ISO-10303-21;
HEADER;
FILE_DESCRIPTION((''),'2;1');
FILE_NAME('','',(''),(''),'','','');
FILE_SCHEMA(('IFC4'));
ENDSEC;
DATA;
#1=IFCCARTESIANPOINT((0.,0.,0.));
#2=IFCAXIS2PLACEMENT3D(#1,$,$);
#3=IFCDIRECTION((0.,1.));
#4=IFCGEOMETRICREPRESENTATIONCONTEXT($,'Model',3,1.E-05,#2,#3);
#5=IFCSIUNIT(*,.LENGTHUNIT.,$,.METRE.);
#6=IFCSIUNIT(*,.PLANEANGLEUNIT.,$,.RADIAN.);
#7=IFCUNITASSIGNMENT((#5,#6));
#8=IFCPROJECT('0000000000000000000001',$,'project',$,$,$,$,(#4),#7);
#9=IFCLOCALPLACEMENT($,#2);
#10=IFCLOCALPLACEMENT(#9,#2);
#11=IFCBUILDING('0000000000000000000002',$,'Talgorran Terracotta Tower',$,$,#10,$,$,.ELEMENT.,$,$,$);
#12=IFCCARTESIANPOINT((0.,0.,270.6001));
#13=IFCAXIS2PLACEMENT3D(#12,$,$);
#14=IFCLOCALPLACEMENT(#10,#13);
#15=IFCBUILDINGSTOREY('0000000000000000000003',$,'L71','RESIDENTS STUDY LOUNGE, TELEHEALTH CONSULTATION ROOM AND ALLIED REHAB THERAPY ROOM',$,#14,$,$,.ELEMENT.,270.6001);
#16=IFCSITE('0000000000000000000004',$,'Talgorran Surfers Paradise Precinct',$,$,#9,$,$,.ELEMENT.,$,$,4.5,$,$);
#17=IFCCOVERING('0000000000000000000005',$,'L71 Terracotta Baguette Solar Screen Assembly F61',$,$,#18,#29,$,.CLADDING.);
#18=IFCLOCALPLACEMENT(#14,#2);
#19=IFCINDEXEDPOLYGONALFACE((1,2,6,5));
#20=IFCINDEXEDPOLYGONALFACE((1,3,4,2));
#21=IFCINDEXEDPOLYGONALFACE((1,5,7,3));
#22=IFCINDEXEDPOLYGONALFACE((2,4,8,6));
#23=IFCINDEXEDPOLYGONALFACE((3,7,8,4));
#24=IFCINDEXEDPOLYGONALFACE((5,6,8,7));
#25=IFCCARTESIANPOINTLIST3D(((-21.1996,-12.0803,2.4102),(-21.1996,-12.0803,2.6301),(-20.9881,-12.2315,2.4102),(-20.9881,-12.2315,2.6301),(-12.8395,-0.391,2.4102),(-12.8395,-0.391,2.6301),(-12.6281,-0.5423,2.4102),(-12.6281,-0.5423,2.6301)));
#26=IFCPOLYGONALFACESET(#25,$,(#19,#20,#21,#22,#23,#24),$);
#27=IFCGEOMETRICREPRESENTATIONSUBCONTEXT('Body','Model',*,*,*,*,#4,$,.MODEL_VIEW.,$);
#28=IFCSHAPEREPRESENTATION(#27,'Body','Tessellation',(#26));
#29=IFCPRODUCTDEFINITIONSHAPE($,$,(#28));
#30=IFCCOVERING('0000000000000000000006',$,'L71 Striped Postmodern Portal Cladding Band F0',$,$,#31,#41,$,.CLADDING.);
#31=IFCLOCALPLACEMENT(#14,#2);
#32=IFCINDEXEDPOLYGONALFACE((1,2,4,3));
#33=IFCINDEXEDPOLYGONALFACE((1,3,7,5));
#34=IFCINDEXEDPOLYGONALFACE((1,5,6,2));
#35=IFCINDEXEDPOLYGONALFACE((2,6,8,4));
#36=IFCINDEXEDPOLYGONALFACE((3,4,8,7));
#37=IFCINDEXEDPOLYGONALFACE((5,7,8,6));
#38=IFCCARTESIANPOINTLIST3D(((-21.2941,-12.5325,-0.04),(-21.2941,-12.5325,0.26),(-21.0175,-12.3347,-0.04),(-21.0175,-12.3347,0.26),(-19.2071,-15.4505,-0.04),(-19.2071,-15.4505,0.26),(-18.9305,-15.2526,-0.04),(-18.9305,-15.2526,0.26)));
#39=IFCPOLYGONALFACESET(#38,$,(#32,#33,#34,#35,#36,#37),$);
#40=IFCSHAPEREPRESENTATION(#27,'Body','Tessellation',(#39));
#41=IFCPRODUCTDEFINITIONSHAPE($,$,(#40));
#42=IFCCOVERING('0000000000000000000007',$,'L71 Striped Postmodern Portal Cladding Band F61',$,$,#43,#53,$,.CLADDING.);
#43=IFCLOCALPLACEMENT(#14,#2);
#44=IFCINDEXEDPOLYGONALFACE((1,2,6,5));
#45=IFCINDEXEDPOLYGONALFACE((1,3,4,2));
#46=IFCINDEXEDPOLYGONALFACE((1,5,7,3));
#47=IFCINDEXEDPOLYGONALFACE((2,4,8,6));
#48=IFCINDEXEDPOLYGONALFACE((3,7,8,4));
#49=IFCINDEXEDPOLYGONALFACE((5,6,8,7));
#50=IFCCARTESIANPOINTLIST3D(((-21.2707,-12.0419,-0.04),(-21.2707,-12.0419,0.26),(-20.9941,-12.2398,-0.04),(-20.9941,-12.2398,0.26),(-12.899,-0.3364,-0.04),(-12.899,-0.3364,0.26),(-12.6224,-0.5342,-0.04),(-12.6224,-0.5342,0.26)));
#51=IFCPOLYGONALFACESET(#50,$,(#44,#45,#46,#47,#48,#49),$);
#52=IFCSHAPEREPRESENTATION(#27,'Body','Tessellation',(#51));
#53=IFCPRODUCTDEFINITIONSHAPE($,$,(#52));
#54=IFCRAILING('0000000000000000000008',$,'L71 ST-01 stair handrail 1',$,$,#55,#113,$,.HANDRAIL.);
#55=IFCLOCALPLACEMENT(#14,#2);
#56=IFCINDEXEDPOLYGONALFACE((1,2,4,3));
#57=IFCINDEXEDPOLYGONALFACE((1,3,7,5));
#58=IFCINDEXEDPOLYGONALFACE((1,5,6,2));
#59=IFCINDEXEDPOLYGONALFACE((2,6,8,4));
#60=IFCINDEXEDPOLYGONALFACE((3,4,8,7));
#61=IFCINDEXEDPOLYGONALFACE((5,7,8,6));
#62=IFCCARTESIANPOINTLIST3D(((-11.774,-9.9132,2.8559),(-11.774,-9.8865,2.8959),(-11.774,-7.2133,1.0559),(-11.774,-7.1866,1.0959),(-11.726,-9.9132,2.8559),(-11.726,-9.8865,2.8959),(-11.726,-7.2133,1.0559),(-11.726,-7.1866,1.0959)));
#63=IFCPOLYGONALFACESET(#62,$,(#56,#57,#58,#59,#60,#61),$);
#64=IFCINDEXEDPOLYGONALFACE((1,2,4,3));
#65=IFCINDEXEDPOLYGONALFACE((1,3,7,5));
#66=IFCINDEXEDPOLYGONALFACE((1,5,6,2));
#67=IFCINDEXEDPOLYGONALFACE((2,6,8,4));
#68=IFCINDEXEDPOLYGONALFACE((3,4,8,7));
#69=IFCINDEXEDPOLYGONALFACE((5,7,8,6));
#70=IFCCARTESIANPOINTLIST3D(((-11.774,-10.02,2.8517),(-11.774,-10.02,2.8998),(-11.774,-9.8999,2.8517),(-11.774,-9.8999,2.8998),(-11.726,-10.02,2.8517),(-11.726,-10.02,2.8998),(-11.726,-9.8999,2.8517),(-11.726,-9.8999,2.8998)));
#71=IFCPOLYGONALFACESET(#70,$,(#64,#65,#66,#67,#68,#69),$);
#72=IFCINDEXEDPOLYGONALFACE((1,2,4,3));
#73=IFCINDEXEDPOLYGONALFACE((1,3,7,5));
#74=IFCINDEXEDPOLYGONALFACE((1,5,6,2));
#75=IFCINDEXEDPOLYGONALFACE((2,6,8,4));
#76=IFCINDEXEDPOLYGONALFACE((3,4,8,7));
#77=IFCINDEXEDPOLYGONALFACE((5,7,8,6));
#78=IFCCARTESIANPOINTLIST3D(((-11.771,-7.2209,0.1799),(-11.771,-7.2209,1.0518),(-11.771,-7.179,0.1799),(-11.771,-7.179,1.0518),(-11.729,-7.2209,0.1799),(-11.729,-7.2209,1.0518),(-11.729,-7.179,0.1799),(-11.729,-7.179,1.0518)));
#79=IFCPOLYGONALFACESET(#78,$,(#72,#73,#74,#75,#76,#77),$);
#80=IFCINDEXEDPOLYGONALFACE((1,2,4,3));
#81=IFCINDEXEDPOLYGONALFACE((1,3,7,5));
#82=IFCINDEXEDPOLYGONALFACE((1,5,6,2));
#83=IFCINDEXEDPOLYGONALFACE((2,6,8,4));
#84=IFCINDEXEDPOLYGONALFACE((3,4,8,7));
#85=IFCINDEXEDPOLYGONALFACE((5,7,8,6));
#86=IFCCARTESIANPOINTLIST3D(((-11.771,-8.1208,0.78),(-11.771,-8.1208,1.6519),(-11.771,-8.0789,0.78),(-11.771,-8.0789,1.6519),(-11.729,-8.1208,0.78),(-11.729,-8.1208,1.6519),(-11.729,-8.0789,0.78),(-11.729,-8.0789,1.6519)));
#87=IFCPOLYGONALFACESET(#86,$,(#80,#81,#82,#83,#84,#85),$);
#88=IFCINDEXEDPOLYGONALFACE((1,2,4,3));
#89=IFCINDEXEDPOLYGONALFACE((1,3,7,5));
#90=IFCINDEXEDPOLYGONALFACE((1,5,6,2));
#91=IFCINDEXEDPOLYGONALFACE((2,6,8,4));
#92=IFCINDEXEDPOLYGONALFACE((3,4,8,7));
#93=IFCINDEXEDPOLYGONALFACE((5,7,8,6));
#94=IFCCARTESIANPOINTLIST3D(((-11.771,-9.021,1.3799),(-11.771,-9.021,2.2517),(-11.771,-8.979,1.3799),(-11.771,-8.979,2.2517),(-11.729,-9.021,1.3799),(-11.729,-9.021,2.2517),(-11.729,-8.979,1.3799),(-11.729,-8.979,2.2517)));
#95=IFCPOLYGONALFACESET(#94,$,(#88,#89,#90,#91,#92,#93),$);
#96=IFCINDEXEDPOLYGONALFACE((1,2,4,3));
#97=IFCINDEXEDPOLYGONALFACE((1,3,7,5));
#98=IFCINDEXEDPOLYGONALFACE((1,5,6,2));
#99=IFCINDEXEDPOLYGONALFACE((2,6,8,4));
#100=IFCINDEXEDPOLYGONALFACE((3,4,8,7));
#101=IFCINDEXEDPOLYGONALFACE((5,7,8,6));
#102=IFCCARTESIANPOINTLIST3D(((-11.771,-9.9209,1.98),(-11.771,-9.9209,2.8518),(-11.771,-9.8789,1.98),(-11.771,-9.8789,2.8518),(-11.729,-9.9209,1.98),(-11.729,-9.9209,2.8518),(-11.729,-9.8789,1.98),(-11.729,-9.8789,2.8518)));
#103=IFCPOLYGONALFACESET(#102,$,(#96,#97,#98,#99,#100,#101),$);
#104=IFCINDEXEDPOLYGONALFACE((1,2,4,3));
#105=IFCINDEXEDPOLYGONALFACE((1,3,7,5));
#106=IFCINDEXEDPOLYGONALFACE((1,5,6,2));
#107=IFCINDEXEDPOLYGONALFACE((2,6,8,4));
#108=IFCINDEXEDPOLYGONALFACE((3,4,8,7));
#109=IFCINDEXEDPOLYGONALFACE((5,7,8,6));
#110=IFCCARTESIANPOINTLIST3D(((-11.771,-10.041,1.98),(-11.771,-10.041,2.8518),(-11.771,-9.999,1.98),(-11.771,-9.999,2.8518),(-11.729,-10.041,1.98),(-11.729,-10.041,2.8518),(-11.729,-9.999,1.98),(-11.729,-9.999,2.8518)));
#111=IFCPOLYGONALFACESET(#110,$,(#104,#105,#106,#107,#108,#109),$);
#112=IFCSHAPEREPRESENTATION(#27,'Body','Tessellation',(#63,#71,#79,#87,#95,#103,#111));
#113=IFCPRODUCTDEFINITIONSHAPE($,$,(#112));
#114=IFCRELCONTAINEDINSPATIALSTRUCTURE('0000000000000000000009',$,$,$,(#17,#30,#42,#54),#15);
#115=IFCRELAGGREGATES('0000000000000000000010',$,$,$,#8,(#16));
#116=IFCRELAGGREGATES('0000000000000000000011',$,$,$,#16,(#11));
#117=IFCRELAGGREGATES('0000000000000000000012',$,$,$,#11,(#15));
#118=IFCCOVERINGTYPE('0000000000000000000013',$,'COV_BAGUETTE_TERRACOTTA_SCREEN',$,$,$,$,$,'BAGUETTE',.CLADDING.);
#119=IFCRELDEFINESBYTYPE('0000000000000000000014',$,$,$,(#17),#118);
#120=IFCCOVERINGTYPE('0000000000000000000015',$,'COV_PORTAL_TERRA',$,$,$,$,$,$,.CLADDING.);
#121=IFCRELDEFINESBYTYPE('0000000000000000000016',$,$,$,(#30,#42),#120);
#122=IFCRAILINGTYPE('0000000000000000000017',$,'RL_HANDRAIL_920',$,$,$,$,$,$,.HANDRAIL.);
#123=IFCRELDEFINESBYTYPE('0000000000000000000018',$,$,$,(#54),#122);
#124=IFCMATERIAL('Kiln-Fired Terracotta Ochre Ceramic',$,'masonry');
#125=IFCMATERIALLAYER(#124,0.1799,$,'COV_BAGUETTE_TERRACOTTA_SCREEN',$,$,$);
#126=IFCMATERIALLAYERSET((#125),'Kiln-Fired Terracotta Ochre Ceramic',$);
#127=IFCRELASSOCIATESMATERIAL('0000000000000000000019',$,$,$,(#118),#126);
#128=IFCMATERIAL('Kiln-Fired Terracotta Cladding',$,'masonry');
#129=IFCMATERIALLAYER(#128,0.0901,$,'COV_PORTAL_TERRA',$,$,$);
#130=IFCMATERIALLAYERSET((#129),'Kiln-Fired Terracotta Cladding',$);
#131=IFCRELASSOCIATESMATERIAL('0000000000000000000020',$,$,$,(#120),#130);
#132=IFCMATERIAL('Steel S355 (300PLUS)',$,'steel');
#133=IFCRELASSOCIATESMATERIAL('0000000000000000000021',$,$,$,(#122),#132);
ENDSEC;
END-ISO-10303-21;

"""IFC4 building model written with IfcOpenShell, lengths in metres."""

from ifc_helpers import new_model, si_unit, direction, frame, origin, origin_2d, place, context, subcontext, project, spatial, rectangle, extrude, material, layer, layer_set, type_object, element, save


model = new_model("IFC4")

# Units and contexts
model_context = context("Model", 3, precision=1e-05, world=origin(), true_north=direction((0.0, 1.0)))
body_context = subcontext(model_context, "Body", "Model", "MODEL_VIEW")
ifc_project = project(units=[si_unit("LENGTHUNIT", "METRE"), si_unit("PLANEANGLEUNIT", "RADIAN")], contexts=[model_context])

# Site, building, storey
site_placement = place(None, origin())
site = spatial("IfcSite", under=ifc_project, at=site_placement, Name="Talgorran Surfers Paradise Precinct", CompositionType="ELEMENT", RefElevation=4.5)
building_placement = place(site_placement, origin())
building = spatial("IfcBuilding", under=site, at=building_placement, Name="Talgorran Terracotta Tower", CompositionType="ELEMENT")
storey_placement = place(building_placement, frame((0.0, 0.0, 270.6001)))
storey = spatial("IfcBuildingStorey", under=building, at=storey_placement, Name="L71", Description="RESIDENTS STUDY LOUNGE, TELEHEALTH CONSULTATION ROOM AND ALLIED REHAB THERAPY ROOM", CompositionType="ELEMENT", Elevation=270.6001)

# Shared definitions
ifc_material_1 = material(Name="Steel S355 (300PLUS)", Category="steel")

# Coverings
ifc_material_2 = material(Name="Kiln-Fired Terracotta Ochre Ceramic", Category="masonry")
ifc_layer_1 = layer(ifc_material_2, 0.1799, Name="COV_BAGUETTE_TERRACOTTA_SCREEN")
ifc_layer_set_1 = layer_set([ifc_layer_1], Name="Kiln-Fired Terracotta Ochre Ceramic")
covering_type_1 = type_object("IfcCoveringType", Name="COV_BAGUETTE_TERRACOTTA_SCREEN", ElementType="BAGUETTE", PredefinedType="CLADDING", material=ifc_layer_set_1)
covering_1_placement = place(storey_placement, frame((-16.9138, -6.3113, 2.4102), z_axis=(0.0, 0.0, 1.0), x_axis=(-0.581726, -0.813385, 0.0)))
element("IfcCovering", 1, at=covering_1_placement, inside=storey, type_object=covering_type_1, Name="L71 Terracotta Baguette Solar Screen Assembly F61", PredefinedType="CLADDING", context=body_context, shape_type="SweptSolid", body=[
    extrude(rectangle(XDim=14.3711, YDim=0.26, at=origin_2d()), origin(), (0.0, 0.0, 1.0), 0.22),
])
ifc_material_3 = material(Name="Kiln-Fired Terracotta Cladding", Category="masonry")
ifc_layer_2 = layer(ifc_material_3, 0.0901, Name="COV_PORTAL_TERRA")
ifc_layer_set_2 = layer_set([ifc_layer_2], Name="Kiln-Fired Terracotta Cladding")
covering_type_2 = type_object("IfcCoveringType", Name="COV_PORTAL_TERRA", PredefinedType="CLADDING", material=ifc_layer_set_2)
covering_2_placement = place(storey_placement, frame((-20.1123, -13.8926, -0.04), z_axis=(0.0, 0.0, 1.0), x_axis=(0.58174, -0.813375, 0.0)))
element("IfcCovering", 2, at=covering_2_placement, inside=storey, type_object=covering_type_2, Name="L71 Striped Postmodern Portal Cladding Band F0", PredefinedType="CLADDING", context=body_context, shape_type="SweptSolid", body=[
    extrude(rectangle(XDim=3.5874, YDim=0.3401, at=origin_2d()), origin(), (0.0, 0.0, 1.0), 0.3),
])
covering_3_placement = place(storey_placement, frame((-16.9465, -6.2881, -0.04), z_axis=(0.0, 0.0, 1.0), x_axis=(-0.581726, -0.813385, 0.0)))
element("IfcCovering", 3, at=covering_3_placement, inside=storey, type_object=covering_type_2, Name="L71 Striped Postmodern Portal Cladding Band F61", PredefinedType="CLADDING", context=body_context, shape_type="SweptSolid", body=[
    extrude(rectangle(XDim=14.3911, YDim=0.3401, at=origin_2d()), origin(), (0.0, 0.0, 1.0), 0.3),
])

# Railing
railing_type = type_object("IfcRailingType", Name="RL_HANDRAIL_920", PredefinedType="HANDRAIL", material=ifc_material_1)
railing_placement = place(storey_placement, frame((-11.75, -7.2, 0.1799)))
element("IfcRailing", 4, at=railing_placement, inside=storey, type_object=railing_type, Name="L71 ST-01 stair handrail 1", PredefinedType="HANDRAIL", context=body_context, shape_type="SweptSolid", body=[
    extrude(rectangle(XDim=0.0481, YDim=0.0481, at=origin_2d()), frame((0.0, 0.0, 0.896), z_axis=(0.0, -0.832039, 0.554718), x_axis=(1.0, 0.0, 0.0)), (0.0, 0.0, 1.0), 3.2449),
    extrude(rectangle(XDim=0.0481, YDim=0.0481, at=origin_2d()), frame((0.0, -2.7, 2.6958), z_axis=(0.0, -1.0, 0.0), x_axis=(1.0, 0.0, 0.0)), (0.0, 0.0, 1.0), 0.1201),
    extrude(rectangle(XDim=0.042, YDim=0.042, at=origin_2d()), origin(), (0.0, 0.0, 1.0), 0.8718),
    extrude(rectangle(XDim=0.042, YDim=0.042, at=origin_2d()), frame((0.0, -0.8999, 0.6001)), (0.0, 0.0, 1.0), 0.8718),
    extrude(rectangle(XDim=0.042, YDim=0.042, at=origin_2d()), frame((0.0, -1.8, 1.2)), (0.0, 0.0, 1.0), 0.8718),
    extrude(rectangle(XDim=0.042, YDim=0.042, at=origin_2d()), frame((0.0, -2.7, 1.8)), (0.0, 0.0, 1.0), 0.8718),
    extrude(rectangle(XDim=0.042, YDim=0.042, at=origin_2d()), frame((0.0, -2.8201, 1.8)), (0.0, 0.0, 1.0), 0.8718),
])

save(model, "model.ifc")
